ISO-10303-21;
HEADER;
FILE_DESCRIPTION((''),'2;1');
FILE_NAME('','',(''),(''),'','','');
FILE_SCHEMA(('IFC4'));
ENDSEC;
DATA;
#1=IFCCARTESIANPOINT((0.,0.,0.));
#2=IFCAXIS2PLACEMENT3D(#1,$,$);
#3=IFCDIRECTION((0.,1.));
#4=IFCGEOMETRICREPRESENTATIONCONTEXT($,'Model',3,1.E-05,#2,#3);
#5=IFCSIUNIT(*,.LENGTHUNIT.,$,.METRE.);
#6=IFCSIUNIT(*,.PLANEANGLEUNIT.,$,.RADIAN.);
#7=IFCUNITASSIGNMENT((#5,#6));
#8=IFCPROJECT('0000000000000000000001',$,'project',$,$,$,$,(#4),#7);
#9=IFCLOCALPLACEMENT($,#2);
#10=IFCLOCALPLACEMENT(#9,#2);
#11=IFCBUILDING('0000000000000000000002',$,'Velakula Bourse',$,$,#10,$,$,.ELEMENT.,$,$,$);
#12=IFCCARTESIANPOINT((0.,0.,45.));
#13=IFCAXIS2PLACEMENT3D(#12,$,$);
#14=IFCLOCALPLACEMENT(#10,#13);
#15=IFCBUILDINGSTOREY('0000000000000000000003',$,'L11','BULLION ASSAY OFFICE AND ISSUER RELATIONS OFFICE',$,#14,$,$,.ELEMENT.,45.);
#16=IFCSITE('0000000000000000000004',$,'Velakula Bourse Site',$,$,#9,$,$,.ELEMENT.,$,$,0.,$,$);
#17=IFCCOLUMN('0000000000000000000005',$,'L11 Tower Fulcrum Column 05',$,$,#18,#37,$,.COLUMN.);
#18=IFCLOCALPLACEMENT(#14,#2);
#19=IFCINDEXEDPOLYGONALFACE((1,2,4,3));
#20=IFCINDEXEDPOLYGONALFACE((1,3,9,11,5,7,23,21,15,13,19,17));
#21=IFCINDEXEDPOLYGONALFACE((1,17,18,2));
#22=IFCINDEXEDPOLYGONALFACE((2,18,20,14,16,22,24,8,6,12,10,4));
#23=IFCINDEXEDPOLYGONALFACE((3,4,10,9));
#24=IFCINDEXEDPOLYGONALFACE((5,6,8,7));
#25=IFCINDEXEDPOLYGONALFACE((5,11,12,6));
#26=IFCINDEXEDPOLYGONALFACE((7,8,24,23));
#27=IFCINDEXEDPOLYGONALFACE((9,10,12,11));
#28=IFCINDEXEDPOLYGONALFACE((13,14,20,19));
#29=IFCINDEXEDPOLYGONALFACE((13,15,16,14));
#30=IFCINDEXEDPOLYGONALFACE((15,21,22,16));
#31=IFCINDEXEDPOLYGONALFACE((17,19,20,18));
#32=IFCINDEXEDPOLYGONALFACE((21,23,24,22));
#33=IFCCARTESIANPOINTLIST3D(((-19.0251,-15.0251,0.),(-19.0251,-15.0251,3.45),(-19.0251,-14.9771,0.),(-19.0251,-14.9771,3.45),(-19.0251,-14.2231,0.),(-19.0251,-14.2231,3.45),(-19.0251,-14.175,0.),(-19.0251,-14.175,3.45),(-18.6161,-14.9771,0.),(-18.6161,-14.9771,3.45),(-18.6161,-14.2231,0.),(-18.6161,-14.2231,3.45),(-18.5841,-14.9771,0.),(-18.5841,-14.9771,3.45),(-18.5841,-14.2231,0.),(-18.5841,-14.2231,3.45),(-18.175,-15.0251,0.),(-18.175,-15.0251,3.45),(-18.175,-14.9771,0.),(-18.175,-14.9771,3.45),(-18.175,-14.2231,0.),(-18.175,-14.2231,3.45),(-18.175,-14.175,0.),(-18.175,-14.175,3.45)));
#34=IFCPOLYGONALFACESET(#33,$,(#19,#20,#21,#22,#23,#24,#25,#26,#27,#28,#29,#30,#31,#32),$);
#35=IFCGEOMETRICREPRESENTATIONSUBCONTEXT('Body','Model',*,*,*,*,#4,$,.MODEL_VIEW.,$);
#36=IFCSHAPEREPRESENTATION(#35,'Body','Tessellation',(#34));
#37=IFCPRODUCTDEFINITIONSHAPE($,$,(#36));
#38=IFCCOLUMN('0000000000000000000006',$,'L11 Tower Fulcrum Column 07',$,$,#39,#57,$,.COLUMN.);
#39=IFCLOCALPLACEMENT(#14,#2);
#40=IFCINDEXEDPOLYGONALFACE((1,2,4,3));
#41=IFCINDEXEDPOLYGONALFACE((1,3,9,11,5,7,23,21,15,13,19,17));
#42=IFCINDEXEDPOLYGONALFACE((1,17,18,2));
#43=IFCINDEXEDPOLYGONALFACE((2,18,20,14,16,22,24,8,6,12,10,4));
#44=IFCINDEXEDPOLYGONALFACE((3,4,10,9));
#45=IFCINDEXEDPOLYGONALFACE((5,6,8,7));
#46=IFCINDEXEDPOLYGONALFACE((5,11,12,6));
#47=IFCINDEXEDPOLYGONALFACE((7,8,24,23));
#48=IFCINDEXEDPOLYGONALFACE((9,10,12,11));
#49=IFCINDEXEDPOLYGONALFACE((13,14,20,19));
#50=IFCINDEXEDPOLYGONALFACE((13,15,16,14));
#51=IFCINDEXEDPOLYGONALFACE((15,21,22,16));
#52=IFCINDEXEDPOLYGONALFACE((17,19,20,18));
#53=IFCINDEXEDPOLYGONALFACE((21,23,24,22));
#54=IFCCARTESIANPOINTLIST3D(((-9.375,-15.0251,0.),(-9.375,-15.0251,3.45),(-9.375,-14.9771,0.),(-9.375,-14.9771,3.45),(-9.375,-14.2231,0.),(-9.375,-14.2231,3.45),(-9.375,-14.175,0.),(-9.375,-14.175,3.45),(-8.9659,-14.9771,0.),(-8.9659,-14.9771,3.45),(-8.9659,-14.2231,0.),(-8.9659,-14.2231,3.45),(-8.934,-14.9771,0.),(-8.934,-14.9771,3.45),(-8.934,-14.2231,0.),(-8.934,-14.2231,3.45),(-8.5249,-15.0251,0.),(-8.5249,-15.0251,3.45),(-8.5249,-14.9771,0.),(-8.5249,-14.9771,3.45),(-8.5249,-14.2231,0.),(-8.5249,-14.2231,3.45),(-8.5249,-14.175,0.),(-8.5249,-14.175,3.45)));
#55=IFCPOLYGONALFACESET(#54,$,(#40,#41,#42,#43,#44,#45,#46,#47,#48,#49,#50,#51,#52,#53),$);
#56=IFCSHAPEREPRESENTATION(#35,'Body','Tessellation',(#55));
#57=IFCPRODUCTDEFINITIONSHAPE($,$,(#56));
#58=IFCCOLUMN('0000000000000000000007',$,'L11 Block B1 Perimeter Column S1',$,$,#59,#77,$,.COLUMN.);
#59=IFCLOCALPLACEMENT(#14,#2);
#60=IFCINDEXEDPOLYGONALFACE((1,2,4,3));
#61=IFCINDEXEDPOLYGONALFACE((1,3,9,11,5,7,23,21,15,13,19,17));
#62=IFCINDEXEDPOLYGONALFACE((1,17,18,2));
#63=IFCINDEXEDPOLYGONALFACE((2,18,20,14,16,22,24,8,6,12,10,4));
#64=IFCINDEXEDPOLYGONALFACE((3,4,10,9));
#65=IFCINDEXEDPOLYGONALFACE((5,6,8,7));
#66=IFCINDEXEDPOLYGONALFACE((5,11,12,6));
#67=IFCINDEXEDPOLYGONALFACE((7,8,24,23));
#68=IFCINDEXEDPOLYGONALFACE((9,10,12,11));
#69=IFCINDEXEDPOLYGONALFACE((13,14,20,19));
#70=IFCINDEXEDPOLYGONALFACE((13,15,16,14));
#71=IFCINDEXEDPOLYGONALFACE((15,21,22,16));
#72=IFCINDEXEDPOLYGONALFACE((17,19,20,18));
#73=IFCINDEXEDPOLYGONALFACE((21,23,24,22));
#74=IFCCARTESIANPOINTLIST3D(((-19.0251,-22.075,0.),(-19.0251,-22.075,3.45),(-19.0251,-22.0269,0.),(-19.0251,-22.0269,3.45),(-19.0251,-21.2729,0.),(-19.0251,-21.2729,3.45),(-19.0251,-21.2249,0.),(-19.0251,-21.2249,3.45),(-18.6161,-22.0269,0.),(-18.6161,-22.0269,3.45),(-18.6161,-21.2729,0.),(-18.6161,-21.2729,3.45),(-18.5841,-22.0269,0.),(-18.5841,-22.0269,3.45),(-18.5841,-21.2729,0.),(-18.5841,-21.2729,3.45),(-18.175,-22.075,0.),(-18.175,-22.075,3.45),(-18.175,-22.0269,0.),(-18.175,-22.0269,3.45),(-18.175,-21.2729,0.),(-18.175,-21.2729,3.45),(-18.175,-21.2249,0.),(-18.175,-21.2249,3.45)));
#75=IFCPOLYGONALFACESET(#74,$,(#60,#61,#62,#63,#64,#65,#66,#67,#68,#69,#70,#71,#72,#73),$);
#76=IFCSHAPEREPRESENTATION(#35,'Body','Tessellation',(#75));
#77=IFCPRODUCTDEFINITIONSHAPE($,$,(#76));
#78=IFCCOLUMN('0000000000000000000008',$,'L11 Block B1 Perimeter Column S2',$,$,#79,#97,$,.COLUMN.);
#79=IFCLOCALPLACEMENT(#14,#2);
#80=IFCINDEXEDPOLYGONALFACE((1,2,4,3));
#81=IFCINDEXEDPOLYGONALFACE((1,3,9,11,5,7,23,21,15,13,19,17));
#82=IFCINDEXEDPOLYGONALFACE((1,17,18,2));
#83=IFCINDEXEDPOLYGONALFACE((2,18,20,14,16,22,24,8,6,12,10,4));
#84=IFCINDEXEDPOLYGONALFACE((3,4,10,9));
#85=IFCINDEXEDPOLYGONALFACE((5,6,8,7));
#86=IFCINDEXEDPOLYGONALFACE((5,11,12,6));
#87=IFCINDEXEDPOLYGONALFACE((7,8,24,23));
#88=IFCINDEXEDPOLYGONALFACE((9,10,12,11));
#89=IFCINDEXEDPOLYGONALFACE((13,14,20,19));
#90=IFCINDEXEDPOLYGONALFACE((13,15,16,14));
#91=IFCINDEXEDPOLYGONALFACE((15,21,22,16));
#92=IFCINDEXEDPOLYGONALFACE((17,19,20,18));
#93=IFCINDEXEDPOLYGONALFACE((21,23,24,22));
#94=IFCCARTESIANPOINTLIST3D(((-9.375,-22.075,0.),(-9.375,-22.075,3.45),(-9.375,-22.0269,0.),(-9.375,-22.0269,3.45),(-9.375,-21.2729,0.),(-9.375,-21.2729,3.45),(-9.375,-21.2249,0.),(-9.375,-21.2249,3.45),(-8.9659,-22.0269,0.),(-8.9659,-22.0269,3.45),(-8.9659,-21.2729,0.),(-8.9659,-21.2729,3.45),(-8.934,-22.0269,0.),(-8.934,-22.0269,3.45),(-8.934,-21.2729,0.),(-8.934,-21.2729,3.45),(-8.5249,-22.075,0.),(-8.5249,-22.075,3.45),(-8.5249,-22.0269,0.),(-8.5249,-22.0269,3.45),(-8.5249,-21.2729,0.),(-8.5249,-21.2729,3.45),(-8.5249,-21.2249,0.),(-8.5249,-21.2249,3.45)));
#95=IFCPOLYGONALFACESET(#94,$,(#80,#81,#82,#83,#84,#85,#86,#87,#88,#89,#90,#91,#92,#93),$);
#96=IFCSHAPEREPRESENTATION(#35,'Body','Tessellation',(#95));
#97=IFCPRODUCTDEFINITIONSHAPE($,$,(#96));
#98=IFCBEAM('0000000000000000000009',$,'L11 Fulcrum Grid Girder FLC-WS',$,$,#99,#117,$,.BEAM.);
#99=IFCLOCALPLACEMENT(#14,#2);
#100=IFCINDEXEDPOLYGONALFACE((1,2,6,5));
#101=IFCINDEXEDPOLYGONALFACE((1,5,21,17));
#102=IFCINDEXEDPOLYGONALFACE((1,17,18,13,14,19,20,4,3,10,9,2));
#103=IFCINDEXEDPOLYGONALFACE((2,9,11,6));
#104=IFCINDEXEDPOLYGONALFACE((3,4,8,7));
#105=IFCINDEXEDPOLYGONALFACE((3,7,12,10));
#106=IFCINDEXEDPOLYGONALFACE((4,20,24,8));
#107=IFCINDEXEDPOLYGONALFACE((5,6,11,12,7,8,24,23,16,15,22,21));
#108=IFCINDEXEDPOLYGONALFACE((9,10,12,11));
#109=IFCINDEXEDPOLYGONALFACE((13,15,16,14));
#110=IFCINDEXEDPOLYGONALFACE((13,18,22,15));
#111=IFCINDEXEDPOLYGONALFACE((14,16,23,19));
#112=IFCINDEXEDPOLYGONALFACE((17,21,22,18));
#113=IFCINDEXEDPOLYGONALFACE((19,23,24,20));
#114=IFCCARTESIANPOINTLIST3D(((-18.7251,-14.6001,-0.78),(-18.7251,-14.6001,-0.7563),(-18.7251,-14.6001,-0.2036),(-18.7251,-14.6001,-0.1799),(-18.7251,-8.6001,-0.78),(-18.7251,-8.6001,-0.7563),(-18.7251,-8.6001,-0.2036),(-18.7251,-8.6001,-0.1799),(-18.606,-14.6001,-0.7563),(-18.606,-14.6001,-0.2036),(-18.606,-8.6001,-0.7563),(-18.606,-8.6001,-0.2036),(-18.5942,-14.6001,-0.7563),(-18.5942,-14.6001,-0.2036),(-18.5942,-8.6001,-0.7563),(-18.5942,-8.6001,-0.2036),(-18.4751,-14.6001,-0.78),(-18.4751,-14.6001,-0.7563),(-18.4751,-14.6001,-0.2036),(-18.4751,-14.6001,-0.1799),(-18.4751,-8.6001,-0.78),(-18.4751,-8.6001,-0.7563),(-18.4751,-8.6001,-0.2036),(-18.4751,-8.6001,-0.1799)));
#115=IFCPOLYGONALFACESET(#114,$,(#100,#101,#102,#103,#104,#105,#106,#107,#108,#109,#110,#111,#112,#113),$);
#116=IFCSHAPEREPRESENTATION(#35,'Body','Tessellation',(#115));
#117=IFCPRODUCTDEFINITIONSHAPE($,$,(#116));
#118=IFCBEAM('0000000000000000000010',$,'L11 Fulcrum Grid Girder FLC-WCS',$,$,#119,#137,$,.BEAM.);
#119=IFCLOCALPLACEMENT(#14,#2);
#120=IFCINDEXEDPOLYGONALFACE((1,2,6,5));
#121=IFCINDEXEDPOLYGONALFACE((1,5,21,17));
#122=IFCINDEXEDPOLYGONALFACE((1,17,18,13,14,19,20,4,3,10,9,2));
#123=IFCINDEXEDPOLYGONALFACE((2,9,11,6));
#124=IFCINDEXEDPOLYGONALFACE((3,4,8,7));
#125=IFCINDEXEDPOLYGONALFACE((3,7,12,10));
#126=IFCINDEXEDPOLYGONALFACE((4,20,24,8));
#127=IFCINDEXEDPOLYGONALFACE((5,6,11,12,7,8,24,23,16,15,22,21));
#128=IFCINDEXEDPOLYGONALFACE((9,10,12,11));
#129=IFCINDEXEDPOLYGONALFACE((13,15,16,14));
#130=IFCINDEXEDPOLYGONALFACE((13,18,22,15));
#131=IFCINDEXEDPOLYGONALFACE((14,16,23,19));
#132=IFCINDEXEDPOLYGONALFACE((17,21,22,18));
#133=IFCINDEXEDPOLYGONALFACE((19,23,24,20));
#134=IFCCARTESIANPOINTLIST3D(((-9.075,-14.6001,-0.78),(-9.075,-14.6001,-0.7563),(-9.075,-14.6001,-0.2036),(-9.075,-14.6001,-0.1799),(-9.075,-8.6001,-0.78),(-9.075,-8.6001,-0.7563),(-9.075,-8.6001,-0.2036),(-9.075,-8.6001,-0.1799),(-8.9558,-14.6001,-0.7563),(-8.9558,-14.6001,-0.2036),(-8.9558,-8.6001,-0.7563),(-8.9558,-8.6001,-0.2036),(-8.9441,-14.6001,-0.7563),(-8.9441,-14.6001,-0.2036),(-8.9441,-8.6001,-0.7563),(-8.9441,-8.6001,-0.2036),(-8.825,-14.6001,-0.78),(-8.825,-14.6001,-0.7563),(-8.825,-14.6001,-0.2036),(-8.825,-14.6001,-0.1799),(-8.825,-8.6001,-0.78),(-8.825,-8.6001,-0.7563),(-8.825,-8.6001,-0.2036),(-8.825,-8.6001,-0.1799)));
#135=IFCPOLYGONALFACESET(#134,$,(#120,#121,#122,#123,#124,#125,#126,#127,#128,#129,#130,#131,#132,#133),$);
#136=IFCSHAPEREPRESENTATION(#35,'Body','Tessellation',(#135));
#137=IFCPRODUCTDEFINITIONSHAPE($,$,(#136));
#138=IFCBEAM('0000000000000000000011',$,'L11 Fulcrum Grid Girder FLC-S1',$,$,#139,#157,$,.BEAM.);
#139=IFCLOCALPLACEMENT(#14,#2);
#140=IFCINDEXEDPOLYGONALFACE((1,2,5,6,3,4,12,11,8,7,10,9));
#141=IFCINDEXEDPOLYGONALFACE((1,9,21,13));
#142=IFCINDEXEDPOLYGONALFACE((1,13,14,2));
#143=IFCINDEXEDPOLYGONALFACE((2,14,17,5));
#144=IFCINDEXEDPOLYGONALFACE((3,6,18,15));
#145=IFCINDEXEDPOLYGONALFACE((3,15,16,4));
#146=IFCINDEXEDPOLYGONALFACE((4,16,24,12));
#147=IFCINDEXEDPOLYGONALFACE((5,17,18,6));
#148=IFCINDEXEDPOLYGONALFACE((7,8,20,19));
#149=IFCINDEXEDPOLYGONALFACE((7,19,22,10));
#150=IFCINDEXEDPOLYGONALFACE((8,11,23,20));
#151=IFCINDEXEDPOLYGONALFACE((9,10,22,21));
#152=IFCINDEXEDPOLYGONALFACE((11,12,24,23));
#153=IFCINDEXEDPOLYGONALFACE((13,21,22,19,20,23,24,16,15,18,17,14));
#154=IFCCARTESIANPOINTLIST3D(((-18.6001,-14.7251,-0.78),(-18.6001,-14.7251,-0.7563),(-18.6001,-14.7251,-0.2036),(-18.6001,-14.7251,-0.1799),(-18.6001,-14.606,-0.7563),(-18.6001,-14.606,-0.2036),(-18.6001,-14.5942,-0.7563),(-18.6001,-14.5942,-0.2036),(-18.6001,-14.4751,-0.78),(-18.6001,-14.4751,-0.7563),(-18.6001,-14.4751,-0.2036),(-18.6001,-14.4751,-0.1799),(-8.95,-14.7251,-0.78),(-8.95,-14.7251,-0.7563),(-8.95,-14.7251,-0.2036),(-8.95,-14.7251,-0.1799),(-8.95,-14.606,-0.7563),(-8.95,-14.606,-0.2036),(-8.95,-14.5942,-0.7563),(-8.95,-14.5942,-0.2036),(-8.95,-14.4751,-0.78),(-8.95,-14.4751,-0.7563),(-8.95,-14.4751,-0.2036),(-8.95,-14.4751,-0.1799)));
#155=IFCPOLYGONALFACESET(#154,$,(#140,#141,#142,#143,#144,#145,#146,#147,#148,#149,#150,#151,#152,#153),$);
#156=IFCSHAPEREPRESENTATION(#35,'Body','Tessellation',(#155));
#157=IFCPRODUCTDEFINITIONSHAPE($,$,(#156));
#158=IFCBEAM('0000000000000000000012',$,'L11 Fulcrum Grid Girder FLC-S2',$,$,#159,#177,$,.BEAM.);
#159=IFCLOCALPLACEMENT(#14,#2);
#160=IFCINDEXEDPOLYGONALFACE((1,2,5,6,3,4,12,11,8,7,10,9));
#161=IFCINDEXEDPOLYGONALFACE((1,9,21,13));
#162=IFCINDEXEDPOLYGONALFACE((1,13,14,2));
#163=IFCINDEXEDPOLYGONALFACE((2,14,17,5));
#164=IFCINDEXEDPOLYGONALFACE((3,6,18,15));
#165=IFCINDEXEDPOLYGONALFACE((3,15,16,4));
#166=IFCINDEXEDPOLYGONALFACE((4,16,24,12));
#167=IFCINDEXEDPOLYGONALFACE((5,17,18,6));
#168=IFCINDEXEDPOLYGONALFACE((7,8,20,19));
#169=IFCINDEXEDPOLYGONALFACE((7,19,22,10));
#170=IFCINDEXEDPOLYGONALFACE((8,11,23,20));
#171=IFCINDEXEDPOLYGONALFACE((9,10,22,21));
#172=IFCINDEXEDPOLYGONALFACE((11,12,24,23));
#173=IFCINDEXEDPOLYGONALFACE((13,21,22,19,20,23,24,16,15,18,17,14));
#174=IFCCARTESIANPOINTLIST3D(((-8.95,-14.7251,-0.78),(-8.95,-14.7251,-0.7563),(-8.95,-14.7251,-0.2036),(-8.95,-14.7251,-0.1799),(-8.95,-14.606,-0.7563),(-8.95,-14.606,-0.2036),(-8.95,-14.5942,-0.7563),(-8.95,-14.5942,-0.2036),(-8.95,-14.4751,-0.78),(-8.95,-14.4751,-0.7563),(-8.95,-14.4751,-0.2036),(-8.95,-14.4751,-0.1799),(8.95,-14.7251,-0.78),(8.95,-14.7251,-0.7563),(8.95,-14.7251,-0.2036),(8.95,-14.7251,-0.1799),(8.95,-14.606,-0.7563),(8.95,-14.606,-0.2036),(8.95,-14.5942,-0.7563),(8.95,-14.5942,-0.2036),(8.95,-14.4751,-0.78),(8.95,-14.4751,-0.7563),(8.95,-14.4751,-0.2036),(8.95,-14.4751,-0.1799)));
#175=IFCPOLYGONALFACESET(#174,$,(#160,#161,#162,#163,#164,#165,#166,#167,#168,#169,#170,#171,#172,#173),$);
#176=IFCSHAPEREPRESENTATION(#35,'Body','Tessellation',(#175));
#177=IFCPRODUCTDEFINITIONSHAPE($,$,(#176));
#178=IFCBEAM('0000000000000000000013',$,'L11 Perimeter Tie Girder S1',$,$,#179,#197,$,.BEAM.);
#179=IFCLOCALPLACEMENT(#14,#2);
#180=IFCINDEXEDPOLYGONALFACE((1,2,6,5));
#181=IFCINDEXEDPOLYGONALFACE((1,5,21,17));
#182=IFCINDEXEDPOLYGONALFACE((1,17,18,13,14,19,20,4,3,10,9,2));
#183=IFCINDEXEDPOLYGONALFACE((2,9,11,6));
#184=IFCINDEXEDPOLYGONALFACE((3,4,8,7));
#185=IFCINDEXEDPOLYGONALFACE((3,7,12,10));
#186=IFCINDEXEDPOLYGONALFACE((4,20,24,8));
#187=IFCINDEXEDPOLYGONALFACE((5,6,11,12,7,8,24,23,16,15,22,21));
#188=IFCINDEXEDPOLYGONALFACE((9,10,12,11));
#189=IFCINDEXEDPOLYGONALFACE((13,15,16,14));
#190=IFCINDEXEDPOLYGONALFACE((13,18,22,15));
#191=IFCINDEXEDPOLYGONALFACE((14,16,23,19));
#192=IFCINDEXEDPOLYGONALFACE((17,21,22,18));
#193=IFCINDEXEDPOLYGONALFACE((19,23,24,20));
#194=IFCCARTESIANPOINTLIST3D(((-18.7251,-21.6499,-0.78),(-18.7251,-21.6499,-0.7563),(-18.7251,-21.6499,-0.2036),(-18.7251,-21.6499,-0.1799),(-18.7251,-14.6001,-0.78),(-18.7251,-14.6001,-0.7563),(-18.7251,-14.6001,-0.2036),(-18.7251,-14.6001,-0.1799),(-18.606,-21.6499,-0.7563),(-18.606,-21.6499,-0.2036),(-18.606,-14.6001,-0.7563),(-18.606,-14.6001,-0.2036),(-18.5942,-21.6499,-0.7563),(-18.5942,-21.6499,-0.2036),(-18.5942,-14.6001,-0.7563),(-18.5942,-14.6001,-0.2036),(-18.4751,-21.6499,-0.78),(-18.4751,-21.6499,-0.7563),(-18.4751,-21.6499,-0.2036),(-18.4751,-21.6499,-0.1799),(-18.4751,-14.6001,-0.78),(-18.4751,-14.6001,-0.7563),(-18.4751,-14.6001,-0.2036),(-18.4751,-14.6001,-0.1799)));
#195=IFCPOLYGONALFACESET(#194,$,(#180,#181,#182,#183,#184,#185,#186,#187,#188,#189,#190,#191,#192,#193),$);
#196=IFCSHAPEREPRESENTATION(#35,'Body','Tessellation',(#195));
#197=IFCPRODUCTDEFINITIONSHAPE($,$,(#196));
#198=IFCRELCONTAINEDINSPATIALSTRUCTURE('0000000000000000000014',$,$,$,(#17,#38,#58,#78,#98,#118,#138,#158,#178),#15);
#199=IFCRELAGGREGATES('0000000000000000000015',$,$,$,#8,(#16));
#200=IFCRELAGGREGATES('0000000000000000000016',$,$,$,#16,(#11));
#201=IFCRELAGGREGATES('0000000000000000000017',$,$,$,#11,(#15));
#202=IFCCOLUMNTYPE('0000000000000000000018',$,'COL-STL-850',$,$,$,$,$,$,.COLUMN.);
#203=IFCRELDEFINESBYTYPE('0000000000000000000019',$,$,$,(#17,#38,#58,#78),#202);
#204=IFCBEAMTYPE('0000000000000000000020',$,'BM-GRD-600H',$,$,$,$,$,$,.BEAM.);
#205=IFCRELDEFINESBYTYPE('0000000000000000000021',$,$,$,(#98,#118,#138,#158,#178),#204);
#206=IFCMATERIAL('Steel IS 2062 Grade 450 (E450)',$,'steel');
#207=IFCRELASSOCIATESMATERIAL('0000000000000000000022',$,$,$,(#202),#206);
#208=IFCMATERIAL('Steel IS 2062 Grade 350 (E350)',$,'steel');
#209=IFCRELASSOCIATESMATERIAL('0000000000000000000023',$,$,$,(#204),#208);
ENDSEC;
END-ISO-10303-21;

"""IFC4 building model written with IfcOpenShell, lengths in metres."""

from ifc_helpers import new_model, si_unit, direction, frame, origin, origin_2d, place, context, subcontext, project, spatial, i_section, extrude, material, material_profile, profile_set, type_object, element, save


model = new_model("IFC4")

# Units and contexts
model_context = context("Model", 3, precision=1e-05, world=origin(), true_north=direction((0.0, 1.0)))
body_context = subcontext(model_context, "Body", "Model", "MODEL_VIEW")
ifc_project = project(units=[si_unit("LENGTHUNIT", "METRE"), si_unit("PLANEANGLEUNIT", "RADIAN")], contexts=[model_context])

# Site, building, storey
site_placement = place(None, origin())
site = spatial("IfcSite", under=ifc_project, at=site_placement, Name="Velakula Bourse Site", CompositionType="ELEMENT", RefElevation=0.0)
building_placement = place(site_placement, origin())
building = spatial("IfcBuilding", under=site, at=building_placement, Name="Velakula Bourse", CompositionType="ELEMENT")
storey_placement = place(building_placement, frame((0.0, 0.0, 45.0)))
storey = spatial("IfcBuildingStorey", under=building, at=storey_placement, Name="L11", Description="BULLION ASSAY OFFICE AND ISSUER RELATIONS OFFICE", CompositionType="ELEMENT", Elevation=45.0)

# Columns
ifc_material_1 = material(Name="Steel IS 2062 Grade 450 (E450)", Category="steel")
ifc_material_profile_1 = material_profile(ifc_material_1, i_section(OverallWidth=0.8501, OverallDepth=0.8501, WebThickness=0.032, FlangeThickness=0.0481, at=origin_2d()), Name="Steel IS 2062 Grade 450 (E450)")
ifc_profile_set_1 = profile_set([ifc_material_profile_1], Name="Steel IS 2062 Grade 450 (E450)")
column_type = type_object("IfcColumnType", Name="COL-STL-850", PredefinedType="COLUMN", material=ifc_profile_set_1)
for number, where, z_axis, x_axis, name in (
    (1, (-18.6001, -14.6001, 0.0), (0.0, 0.0, 1.0), (1.0, 0.0, 0.0), "L11 Tower Fulcrum Column 05"),
    (2, (-8.95, -14.6001, 0.0), (0.0, 0.0, 1.0), (1.0, 0.0, 0.0), "L11 Tower Fulcrum Column 07"),
    (3, (-18.6001, -21.6499, 0.0), (0.0, 0.0, 1.0), (1.0, 0.0, 0.0), "L11 Block B1 Perimeter Column S1"),
    (4, (-8.95, -21.6499, 0.0), (0.0, 0.0, 1.0), (1.0, 0.0, 0.0), "L11 Block B1 Perimeter Column S2"),
):
    element("IfcColumn", number, at=place(storey_placement, frame(where, z_axis=z_axis, x_axis=x_axis)), inside=storey, type_object=column_type, Name=name, PredefinedType="COLUMN", context=body_context, shape_type="SweptSolid", body=[
        extrude(i_section(OverallWidth=0.8501, OverallDepth=0.8501, WebThickness=0.032, FlangeThickness=0.0481, at=origin_2d()), origin(), (0.0, 0.0, 1.0), 3.45),
    ])

# Beams
ifc_material_2 = material(Name="Steel IS 2062 Grade 350 (E350)", Category="steel")
ifc_material_profile_2 = material_profile(ifc_material_2, i_section(OverallWidth=0.25, OverallDepth=0.6001, WebThickness=0.0117, FlangeThickness=0.0237, at=origin_2d()), Name="Steel IS 2062 Grade 350 (E350)")
ifc_profile_set_2 = profile_set([ifc_material_profile_2], Name="Steel IS 2062 Grade 350 (E350)")
beam_type_1 = type_object("IfcBeamType", Name="BM-GRD-600H", PredefinedType="BEAM", material=ifc_profile_set_2)
for number, where, z_axis, x_axis, name in (
    (5, (-18.6001, -14.6001, -0.48), (0.0, 1.0, 0.0), (-1.0, 0.0, 0.0), "L11 Fulcrum Grid Girder FLC-WS"),
    (6, (-8.95, -14.6001, -0.48), (0.0, 1.0, 0.0), (-1.0, 0.0, 0.0), "L11 Fulcrum Grid Girder FLC-WCS"),
):
    element("IfcBeam", number, at=place(storey_placement, frame(where, z_axis=z_axis, x_axis=x_axis)), inside=storey, type_object=beam_type_1, Name=name, PredefinedType="BEAM", context=body_context, shape_type="SweptSolid", body=[
        extrude(i_section(OverallWidth=0.25, OverallDepth=0.6001, WebThickness=0.0117, FlangeThickness=0.0237, at=origin_2d()), origin(), (0.0, 0.0, 1.0), 6.0),
    ])
beam_1_placement = place(storey_placement, frame((-18.6001, -14.6001, -0.48), z_axis=(1.0, 0.0, 0.0), x_axis=(0.0, 1.0, 0.0)))
element("IfcBeam", 7, at=beam_1_placement, inside=storey, type_object=beam_type_1, Name="L11 Fulcrum Grid Girder FLC-S1", PredefinedType="BEAM", context=body_context, shape_type="SweptSolid", body=[
    extrude(i_section(OverallWidth=0.25, OverallDepth=0.6001, WebThickness=0.0117, FlangeThickness=0.0237, at=origin_2d()), origin(), (0.0, 0.0, 1.0), 9.6501),
])
beam_2_placement = place(storey_placement, frame((-8.95, -14.6001, -0.48), z_axis=(1.0, 0.0, 0.0), x_axis=(0.0, 1.0, 0.0)))
element("IfcBeam", 8, at=beam_2_placement, inside=storey, type_object=beam_type_1, Name="L11 Fulcrum Grid Girder FLC-S2", PredefinedType="BEAM", context=body_context, shape_type="SweptSolid", body=[
    extrude(i_section(OverallWidth=0.25, OverallDepth=0.6001, WebThickness=0.0117, FlangeThickness=0.0237, at=origin_2d()), origin(), (0.0, 0.0, 1.0), 17.8999),
])
for number, where, z_axis, x_axis, name in (
    (9, (-18.6001, -14.6001, -0.48), (0.0, -1.0, 0.0), (1.0, 0.0, 0.0), "L11 Perimeter Tie Girder S1"),
):
    element("IfcBeam", number, at=place(storey_placement, frame(where, z_axis=z_axis, x_axis=x_axis)), inside=storey, type_object=beam_type_1, Name=name, PredefinedType="BEAM", context=body_context, shape_type="SweptSolid", body=[
        extrude(i_section(OverallWidth=0.25, OverallDepth=0.6001, WebThickness=0.0117, FlangeThickness=0.0237, at=origin_2d()), origin(), (0.0, 0.0, 1.0), 7.0498),
    ])

save(model, "model.ifc")
